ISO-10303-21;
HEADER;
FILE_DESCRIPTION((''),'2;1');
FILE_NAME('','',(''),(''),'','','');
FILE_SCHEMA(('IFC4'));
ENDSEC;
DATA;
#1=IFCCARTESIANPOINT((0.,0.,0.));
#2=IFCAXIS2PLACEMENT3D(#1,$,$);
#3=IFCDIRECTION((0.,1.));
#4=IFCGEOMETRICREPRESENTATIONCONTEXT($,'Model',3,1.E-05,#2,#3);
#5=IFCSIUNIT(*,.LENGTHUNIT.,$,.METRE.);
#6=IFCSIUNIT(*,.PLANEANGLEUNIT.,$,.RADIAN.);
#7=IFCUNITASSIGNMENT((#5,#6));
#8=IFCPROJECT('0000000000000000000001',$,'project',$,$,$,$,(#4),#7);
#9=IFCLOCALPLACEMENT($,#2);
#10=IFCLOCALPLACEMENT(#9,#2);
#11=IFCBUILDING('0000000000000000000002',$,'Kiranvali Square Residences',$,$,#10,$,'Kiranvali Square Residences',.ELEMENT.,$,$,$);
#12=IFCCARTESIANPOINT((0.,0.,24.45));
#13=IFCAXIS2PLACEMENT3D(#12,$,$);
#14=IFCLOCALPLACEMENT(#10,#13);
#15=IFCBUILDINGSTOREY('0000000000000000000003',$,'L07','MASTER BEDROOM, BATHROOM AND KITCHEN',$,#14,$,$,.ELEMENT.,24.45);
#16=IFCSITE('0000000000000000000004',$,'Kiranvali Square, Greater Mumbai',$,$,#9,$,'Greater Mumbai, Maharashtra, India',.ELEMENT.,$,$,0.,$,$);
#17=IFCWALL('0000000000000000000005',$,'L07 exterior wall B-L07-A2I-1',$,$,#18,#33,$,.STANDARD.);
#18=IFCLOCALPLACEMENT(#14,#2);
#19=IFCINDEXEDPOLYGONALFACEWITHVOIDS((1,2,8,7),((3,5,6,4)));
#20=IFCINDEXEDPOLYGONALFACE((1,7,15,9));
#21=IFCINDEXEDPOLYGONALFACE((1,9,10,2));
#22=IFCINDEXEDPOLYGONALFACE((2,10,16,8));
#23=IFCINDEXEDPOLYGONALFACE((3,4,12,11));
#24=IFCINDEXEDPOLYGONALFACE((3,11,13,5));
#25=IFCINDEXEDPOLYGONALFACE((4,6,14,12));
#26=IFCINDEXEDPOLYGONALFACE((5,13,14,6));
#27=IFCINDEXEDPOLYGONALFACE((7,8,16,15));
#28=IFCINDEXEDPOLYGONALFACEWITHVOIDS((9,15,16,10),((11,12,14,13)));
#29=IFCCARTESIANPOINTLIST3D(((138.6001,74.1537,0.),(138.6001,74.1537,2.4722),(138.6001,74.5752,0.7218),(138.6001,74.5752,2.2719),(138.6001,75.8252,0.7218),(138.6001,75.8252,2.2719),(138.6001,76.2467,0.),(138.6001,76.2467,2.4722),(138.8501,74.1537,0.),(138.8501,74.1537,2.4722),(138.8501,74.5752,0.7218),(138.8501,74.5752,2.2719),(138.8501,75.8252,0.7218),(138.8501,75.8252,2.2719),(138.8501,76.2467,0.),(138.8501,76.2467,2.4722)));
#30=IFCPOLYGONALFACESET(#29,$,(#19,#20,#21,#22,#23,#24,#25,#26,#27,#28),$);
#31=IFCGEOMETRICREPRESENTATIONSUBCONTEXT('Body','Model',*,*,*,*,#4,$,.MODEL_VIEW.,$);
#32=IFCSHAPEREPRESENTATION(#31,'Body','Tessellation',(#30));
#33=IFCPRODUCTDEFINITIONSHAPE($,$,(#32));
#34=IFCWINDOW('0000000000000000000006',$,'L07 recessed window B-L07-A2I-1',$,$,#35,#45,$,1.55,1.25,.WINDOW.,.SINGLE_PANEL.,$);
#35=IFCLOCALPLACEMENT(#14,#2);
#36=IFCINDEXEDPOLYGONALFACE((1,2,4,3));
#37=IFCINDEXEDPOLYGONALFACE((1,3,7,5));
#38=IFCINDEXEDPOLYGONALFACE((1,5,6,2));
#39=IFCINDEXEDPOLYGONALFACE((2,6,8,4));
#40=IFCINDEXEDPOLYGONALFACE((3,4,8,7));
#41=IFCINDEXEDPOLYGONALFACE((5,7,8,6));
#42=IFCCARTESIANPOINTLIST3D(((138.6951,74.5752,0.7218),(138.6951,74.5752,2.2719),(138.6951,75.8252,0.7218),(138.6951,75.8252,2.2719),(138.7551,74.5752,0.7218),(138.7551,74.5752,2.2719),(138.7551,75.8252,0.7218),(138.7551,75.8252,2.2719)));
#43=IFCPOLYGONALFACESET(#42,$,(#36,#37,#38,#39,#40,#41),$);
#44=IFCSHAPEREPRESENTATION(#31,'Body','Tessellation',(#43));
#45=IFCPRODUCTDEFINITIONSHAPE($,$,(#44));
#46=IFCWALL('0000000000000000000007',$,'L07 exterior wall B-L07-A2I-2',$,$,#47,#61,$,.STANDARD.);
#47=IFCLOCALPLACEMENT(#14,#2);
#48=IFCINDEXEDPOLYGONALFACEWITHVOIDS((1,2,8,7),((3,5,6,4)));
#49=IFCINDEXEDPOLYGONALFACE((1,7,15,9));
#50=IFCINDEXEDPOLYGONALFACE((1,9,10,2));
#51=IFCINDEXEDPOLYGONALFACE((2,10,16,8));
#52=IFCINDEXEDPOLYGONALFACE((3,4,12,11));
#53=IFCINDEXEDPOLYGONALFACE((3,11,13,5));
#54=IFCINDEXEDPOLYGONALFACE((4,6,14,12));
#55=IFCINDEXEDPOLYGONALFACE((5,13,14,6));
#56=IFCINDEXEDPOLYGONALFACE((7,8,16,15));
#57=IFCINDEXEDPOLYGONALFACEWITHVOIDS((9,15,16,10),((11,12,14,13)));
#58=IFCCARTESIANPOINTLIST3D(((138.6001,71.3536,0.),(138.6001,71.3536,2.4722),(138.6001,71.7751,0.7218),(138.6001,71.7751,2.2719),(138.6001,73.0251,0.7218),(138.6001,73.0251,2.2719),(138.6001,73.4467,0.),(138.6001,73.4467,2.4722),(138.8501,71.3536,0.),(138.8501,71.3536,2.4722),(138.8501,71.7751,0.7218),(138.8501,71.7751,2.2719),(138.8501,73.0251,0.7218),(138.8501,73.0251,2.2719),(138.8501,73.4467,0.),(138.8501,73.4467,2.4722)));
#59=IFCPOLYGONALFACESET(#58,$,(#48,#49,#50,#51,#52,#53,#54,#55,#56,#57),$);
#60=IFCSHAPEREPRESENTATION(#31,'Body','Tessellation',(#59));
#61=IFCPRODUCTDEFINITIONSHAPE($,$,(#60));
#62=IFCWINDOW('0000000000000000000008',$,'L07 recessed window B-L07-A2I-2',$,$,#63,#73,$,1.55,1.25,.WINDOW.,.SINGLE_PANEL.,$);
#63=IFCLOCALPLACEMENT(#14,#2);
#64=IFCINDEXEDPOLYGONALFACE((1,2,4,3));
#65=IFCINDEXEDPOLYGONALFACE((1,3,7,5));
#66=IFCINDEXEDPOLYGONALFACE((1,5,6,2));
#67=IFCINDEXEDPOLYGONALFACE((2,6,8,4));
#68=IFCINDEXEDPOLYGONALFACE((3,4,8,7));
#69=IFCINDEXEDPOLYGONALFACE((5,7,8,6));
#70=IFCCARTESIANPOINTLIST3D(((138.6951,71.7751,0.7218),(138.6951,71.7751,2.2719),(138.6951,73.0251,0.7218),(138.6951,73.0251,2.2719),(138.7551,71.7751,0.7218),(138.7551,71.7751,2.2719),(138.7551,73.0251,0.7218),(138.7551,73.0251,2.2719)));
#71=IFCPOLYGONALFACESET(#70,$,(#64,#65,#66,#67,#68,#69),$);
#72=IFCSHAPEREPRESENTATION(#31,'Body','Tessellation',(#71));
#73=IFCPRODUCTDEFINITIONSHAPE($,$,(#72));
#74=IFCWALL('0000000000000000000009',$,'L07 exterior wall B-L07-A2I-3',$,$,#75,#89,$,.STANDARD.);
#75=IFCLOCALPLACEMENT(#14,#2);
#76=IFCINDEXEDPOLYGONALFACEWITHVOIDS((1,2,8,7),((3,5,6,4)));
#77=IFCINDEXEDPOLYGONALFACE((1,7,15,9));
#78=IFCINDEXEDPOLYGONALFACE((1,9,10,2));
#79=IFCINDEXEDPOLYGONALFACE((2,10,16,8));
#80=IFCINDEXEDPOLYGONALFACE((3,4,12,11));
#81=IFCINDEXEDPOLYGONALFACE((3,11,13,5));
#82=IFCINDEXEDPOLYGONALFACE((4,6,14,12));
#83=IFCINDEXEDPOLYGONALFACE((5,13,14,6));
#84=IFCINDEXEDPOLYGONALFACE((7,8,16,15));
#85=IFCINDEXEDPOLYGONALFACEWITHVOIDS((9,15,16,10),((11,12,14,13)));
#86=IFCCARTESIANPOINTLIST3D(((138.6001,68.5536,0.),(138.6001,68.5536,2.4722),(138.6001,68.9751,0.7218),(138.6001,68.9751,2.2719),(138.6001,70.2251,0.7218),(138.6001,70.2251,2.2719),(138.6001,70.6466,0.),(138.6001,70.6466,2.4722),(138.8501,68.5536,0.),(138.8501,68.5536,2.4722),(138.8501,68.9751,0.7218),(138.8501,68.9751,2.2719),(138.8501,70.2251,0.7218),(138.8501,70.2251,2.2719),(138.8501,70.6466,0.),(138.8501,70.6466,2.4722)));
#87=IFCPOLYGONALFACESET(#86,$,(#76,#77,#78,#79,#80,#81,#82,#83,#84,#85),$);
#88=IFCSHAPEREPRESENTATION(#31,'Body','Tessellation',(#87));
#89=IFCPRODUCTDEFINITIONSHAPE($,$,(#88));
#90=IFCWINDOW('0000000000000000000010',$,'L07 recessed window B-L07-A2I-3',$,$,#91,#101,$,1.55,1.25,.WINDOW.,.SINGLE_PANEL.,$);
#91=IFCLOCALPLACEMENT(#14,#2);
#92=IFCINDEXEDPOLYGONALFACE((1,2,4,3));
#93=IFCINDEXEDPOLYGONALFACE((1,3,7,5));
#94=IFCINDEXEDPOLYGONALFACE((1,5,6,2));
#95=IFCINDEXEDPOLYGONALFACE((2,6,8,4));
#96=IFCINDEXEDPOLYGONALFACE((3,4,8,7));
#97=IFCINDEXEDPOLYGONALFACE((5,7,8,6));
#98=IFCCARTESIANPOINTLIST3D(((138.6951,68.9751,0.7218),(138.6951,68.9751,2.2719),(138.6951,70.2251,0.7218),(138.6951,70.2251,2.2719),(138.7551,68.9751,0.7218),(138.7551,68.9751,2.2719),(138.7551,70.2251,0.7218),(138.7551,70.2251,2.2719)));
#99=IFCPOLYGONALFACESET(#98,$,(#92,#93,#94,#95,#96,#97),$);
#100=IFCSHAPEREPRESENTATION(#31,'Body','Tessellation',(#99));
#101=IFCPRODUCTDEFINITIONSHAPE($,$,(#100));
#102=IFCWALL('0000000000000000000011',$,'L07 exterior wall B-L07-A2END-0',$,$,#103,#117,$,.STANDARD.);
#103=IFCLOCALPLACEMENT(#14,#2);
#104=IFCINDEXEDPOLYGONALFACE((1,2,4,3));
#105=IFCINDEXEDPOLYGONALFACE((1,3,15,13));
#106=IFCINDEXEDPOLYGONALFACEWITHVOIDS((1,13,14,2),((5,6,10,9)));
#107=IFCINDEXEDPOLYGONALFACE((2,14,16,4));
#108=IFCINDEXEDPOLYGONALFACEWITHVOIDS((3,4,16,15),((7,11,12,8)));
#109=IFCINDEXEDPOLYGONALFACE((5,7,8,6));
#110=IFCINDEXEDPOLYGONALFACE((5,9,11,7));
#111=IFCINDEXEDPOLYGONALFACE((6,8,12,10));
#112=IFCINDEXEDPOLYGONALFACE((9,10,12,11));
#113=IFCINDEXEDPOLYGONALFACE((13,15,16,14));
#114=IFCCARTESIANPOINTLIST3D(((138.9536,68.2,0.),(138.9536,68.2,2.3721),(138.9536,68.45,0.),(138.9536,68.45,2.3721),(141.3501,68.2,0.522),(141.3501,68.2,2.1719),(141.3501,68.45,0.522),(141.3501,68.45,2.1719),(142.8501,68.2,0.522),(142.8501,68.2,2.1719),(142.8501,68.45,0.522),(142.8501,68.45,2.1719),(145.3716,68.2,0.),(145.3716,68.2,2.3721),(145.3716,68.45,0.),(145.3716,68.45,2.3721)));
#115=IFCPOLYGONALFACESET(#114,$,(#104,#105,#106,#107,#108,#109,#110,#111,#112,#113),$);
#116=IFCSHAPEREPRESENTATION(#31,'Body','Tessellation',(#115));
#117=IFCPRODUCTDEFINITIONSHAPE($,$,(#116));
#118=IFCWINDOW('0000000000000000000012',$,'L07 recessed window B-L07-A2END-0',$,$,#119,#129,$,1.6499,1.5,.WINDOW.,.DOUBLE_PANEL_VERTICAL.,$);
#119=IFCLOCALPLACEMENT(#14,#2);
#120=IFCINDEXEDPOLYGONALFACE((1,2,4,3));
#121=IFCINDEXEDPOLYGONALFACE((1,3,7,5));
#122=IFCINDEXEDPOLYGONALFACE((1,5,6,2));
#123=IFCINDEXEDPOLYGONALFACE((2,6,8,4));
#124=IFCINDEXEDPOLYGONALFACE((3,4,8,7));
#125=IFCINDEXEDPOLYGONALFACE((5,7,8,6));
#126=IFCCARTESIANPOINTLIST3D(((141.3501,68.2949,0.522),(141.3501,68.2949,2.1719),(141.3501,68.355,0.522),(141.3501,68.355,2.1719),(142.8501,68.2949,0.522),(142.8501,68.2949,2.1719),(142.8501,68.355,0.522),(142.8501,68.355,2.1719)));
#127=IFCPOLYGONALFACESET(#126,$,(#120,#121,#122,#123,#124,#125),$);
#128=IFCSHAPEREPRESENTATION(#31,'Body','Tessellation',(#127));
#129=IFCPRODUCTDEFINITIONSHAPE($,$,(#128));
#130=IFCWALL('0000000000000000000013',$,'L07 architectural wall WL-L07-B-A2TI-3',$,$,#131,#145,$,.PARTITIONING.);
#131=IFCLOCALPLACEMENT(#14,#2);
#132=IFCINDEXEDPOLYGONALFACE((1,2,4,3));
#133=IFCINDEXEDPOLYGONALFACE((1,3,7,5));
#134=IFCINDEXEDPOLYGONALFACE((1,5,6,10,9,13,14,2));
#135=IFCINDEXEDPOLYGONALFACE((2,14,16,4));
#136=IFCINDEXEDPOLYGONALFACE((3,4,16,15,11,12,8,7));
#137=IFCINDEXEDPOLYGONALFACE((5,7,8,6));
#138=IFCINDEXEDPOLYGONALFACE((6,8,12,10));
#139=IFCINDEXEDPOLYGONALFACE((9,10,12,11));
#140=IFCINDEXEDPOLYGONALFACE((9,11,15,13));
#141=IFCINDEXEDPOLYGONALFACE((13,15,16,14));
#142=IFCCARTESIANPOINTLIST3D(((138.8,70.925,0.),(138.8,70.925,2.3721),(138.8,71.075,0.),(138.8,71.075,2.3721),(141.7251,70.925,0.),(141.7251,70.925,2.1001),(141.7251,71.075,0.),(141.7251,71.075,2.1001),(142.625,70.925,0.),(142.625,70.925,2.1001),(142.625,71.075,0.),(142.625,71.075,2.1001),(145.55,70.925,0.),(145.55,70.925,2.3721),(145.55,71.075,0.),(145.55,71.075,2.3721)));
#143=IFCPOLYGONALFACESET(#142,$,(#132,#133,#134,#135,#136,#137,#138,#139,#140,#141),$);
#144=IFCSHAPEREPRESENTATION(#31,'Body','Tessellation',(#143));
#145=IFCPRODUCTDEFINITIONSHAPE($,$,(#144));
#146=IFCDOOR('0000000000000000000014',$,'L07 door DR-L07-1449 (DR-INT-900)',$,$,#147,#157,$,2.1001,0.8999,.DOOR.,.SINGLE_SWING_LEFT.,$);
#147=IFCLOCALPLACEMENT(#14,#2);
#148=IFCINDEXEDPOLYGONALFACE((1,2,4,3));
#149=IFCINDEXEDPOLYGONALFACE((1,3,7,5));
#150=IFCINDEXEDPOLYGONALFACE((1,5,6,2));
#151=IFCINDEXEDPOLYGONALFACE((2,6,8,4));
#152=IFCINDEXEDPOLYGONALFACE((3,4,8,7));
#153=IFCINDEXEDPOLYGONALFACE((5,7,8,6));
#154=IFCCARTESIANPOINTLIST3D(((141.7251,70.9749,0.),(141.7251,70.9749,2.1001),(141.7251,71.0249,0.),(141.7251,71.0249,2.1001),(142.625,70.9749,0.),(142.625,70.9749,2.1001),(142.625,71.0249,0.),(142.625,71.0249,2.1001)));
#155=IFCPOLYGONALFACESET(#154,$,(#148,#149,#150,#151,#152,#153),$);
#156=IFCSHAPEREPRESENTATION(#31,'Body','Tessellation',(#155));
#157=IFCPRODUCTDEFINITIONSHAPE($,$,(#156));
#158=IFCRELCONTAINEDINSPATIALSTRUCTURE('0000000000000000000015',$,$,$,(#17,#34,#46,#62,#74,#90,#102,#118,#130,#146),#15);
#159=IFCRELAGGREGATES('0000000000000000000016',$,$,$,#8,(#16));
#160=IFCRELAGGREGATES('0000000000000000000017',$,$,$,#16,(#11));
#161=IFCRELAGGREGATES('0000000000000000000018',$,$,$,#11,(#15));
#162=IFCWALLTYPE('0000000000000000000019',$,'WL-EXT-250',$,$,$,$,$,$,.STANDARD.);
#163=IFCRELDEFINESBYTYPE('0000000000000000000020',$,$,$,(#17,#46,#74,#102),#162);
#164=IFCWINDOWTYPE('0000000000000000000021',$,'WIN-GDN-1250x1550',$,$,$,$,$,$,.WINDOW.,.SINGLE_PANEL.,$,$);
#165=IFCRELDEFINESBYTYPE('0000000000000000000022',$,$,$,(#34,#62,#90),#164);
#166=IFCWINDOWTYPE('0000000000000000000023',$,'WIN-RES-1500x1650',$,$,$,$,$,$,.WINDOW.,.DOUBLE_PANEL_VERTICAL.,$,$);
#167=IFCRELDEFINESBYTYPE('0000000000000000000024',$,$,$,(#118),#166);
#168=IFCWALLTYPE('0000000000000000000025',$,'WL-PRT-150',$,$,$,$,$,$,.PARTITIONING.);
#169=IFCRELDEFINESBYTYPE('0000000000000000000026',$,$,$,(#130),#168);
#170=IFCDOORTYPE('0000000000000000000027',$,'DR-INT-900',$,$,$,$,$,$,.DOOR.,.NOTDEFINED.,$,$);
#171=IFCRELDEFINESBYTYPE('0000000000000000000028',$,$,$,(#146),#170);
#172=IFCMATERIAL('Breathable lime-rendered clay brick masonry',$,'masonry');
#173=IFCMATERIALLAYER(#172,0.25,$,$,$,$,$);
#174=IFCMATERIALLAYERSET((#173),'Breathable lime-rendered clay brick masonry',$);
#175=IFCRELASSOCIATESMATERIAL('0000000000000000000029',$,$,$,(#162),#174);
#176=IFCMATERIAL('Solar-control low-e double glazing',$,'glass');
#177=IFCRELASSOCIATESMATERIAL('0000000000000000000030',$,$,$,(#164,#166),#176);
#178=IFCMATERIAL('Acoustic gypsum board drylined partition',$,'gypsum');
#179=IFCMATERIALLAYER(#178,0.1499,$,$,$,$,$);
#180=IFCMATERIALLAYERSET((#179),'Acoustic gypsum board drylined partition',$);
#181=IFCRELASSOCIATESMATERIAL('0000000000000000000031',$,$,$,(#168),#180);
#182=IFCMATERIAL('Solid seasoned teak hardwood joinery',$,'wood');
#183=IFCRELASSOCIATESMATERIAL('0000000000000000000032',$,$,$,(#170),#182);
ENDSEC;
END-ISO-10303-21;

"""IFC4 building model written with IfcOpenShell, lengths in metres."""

from ifc_helpers import new_model, si_unit, direction, frame, frame_2d, origin, place, context, subcontext, project, spatial, rectangle, extrude, material, layer, layer_set, type_object, element, fill, save


model = new_model("IFC4")

# Units and contexts
model_context = context("Model", 3, precision=1e-05, world=origin(), true_north=direction((0.0, 1.0)))
body_context = subcontext(model_context, "Body", "Model", "MODEL_VIEW")
ifc_project = project(units=[si_unit("LENGTHUNIT", "METRE"), si_unit("PLANEANGLEUNIT", "RADIAN")], contexts=[model_context])

# Site, building, storey
site_placement = place(None, origin())
site = spatial("IfcSite", under=ifc_project, at=site_placement, Name="Kiranvali Square, Greater Mumbai", LongName="Greater Mumbai, Maharashtra, India", CompositionType="ELEMENT", RefElevation=0.0)
building_placement = place(site_placement, origin())
building = spatial("IfcBuilding", under=site, at=building_placement, Name="Kiranvali Square Residences", LongName="Kiranvali Square Residences", CompositionType="ELEMENT")
storey_placement = place(building_placement, frame((0.0, 0.0, 24.45)))
storey = spatial("IfcBuildingStorey", under=building, at=storey_placement, Name="L07", Description="MASTER BEDROOM, BATHROOM AND KITCHEN", CompositionType="ELEMENT", Elevation=24.45)

# Walls, openings, windows
ifc_material_1 = material(Name="Breathable lime-rendered clay brick masonry", Category="masonry")
ifc_layer_1 = layer(ifc_material_1, 0.25)
ifc_layer_set_1 = layer_set([ifc_layer_1], Name="Breathable lime-rendered clay brick masonry")
wall_type_1 = type_object("IfcWallType", Name="WL-EXT-250", PredefinedType="STANDARD", material=ifc_layer_set_1)
wall_1_placement = place(storey_placement, frame((138.7251, 76.2466, 0.0), z_axis=(0.0, 0.0, 1.0), x_axis=(0.0, -1.0, 0.0)))
wall_1 = element("IfcWall", 1, at=wall_1_placement, inside=storey, type_object=wall_type_1, Name="L07 exterior wall B-L07-A2I-1", PredefinedType="STANDARD", context=body_context, shape_type="SweptSolid", body=[
    extrude(rectangle(XDim=2.093, YDim=0.25, at=frame_2d((1.0464, 0.0))), origin(), (0.0, 0.0, 1.0), 2.4722),
])
opening_1_placement = place(wall_1_placement, frame((0.4214, 0.0, 0.7219)))
opening_1 = element("IfcOpeningElement", 2, at=opening_1_placement, cuts=wall_1, PredefinedType="OPENING", context=body_context, shape_type="SweptSolid", body=[
    extrude(rectangle(XDim=1.25, YDim=1.55, at=frame_2d((0.625, 0.7749))), frame((0.0, 0.135, 0.0), z_axis=(0.0, -1.0, 0.0), x_axis=(1.0, 0.0, 0.0)), (0.0, 0.0, 1.0), 0.27),
])
ifc_material_2 = material(Name="Solar-control low-e double glazing", Category="glass")
window_type_1 = type_object("IfcWindowType", Name="WIN-GDN-1250x1550", PartitioningType="SINGLE_PANEL", PredefinedType="WINDOW", material=ifc_material_2)
window_1_placement = place(opening_1_placement, origin())
window_1 = element("IfcWindow", 3, at=window_1_placement, inside=storey, type_object=window_type_1, Name="L07 recessed window B-L07-A2I-1", OverallHeight=1.55, OverallWidth=1.25, PartitioningType="SINGLE_PANEL", PredefinedType="WINDOW", context=body_context, shape_type="SweptSolid", body=[
    extrude(rectangle(XDim=1.25, YDim=1.55, at=frame_2d((0.625, 0.7749))), frame((0.0, 0.03, 0.0), z_axis=(0.0, -1.0, 0.0), x_axis=(1.0, 0.0, 0.0)), (0.0, 0.0, 1.0), 0.0601),
])
fill(opening_1, window_1)
wall_2_placement = place(storey_placement, frame((138.7251, 73.4465, 0.0), z_axis=(0.0, 0.0, 1.0), x_axis=(0.0, -1.0, 0.0)))
wall_2 = element("IfcWall", 4, at=wall_2_placement, inside=storey, type_object=wall_type_1, Name="L07 exterior wall B-L07-A2I-2", PredefinedType="STANDARD", context=body_context, shape_type="SweptSolid", body=[
    extrude(rectangle(XDim=2.093, YDim=0.25, at=frame_2d((1.0464, 0.0))), origin(), (0.0, 0.0, 1.0), 2.4722),
])
opening_2_placement = place(wall_2_placement, frame((0.4214, 0.0, 0.7219)))
opening_2 = element("IfcOpeningElement", 5, at=opening_2_placement, cuts=wall_2, PredefinedType="OPENING", context=body_context, shape_type="SweptSolid", body=[
    extrude(rectangle(XDim=1.25, YDim=1.55, at=frame_2d((0.625, 0.7749))), frame((0.0, 0.135, 0.0), z_axis=(0.0, -1.0, 0.0), x_axis=(1.0, 0.0, 0.0)), (0.0, 0.0, 1.0), 0.27),
])
window_2_placement = place(opening_2_placement, origin())
window_2 = element("IfcWindow", 6, at=window_2_placement, inside=storey, type_object=window_type_1, Name="L07 recessed window B-L07-A2I-2", OverallHeight=1.55, OverallWidth=1.25, PartitioningType="SINGLE_PANEL", PredefinedType="WINDOW", context=body_context, shape_type="SweptSolid", body=[
    extrude(rectangle(XDim=1.25, YDim=1.55, at=frame_2d((0.625, 0.7749))), frame((0.0, 0.03, 0.0), z_axis=(0.0, -1.0, 0.0), x_axis=(1.0, 0.0, 0.0)), (0.0, 0.0, 1.0), 0.0601),
])
fill(opening_2, window_2)
wall_3_placement = place(storey_placement, frame((138.7251, 70.6465, 0.0), z_axis=(0.0, 0.0, 1.0), x_axis=(0.0, -1.0, 0.0)))
wall_3 = element("IfcWall", 7, at=wall_3_placement, inside=storey, type_object=wall_type_1, Name="L07 exterior wall B-L07-A2I-3", PredefinedType="STANDARD", context=body_context, shape_type="SweptSolid", body=[
    extrude(rectangle(XDim=2.093, YDim=0.25, at=frame_2d((1.0464, 0.0))), origin(), (0.0, 0.0, 1.0), 2.4722),
])
opening_3_placement = place(wall_3_placement, frame((0.4214, 0.0, 0.7219)))
opening_3 = element("IfcOpeningElement", 8, at=opening_3_placement, cuts=wall_3, PredefinedType="OPENING", context=body_context, shape_type="SweptSolid", body=[
    extrude(rectangle(XDim=1.25, YDim=1.55, at=frame_2d((0.625, 0.7749))), frame((0.0, 0.135, 0.0), z_axis=(0.0, -1.0, 0.0), x_axis=(1.0, 0.0, 0.0)), (0.0, 0.0, 1.0), 0.27),
])
window_3_placement = place(opening_3_placement, origin())
window_3 = element("IfcWindow", 9, at=window_3_placement, inside=storey, type_object=window_type_1, Name="L07 recessed window B-L07-A2I-3", OverallHeight=1.55, OverallWidth=1.25, PartitioningType="SINGLE_PANEL", PredefinedType="WINDOW", context=body_context, shape_type="SweptSolid", body=[
    extrude(rectangle(XDim=1.25, YDim=1.55, at=frame_2d((0.625, 0.7749))), frame((0.0, 0.03, 0.0), z_axis=(0.0, -1.0, 0.0), x_axis=(1.0, 0.0, 0.0)), (0.0, 0.0, 1.0), 0.0601),
])
fill(opening_3, window_3)
wall_4_placement = place(storey_placement, frame((138.9536, 68.325, 0.0), z_axis=(0.0, 0.0, 1.0), x_axis=(1.0, 0.0, 0.0)))
wall_4 = element("IfcWall", 10, at=wall_4_placement, inside=storey, type_object=wall_type_1, Name="L07 exterior wall B-L07-A2END-0", PredefinedType="STANDARD", context=body_context, shape_type="SweptSolid", body=[
    extrude(rectangle(XDim=6.418, YDim=0.25, at=frame_2d((3.209, 0.0))), origin(), (0.0, 0.0, 1.0), 2.3721),
])
opening_4_placement = place(wall_4_placement, frame((2.3965, 0.0, 0.522)))
opening_4 = element("IfcOpeningElement", 11, at=opening_4_placement, cuts=wall_4, PredefinedType="OPENING", context=body_context, shape_type="SweptSolid", body=[
    extrude(rectangle(XDim=1.5, YDim=1.6499, at=frame_2d((0.75, 0.825))), frame((0.0, 0.135, 0.0), z_axis=(0.0, -1.0, 0.0), x_axis=(1.0, 0.0, 0.0)), (0.0, 0.0, 1.0), 0.27),
])
window_type_2 = type_object("IfcWindowType", Name="WIN-RES-1500x1650", PartitioningType="DOUBLE_PANEL_VERTICAL", PredefinedType="WINDOW", material=ifc_material_2)
window_4_placement = place(opening_4_placement, origin())
window_4 = element("IfcWindow", 12, at=window_4_placement, inside=storey, type_object=window_type_2, Name="L07 recessed window B-L07-A2END-0", OverallHeight=1.6499, OverallWidth=1.5, PartitioningType="DOUBLE_PANEL_VERTICAL", PredefinedType="WINDOW", context=body_context, shape_type="SweptSolid", body=[
    extrude(rectangle(XDim=1.5, YDim=1.6499, at=frame_2d((0.75, 0.825))), frame((0.0, 0.03, 0.0), z_axis=(0.0, -1.0, 0.0), x_axis=(1.0, 0.0, 0.0)), (0.0, 0.0, 1.0), 0.0601),
])
fill(opening_4, window_4)

# Wall, opening, door
ifc_material_3 = material(Name="Acoustic gypsum board drylined partition", Category="gypsum")
ifc_layer_2 = layer(ifc_material_3, 0.1499)
ifc_layer_set_2 = layer_set([ifc_layer_2], Name="Acoustic gypsum board drylined partition")
wall_type_2 = type_object("IfcWallType", Name="WL-PRT-150", PredefinedType="PARTITIONING", material=ifc_layer_set_2)
wall_5_placement = place(storey_placement, frame((138.8, 71.0, 0.0), z_axis=(0.0, 0.0, 1.0), x_axis=(1.0, 0.0, 0.0)))
wall_5 = element("IfcWall", 13, at=wall_5_placement, inside=storey, type_object=wall_type_2, Name="L07 architectural wall WL-L07-B-A2TI-3", PredefinedType="PARTITIONING", context=body_context, shape_type="SweptSolid", body=[
    extrude(rectangle(XDim=6.75, YDim=0.1499, at=frame_2d((3.375, 0.0))), origin(), (0.0, 0.0, 1.0), 2.3721),
])
opening_5_placement = place(wall_5_placement, frame((2.925, 0.0, 0.0)))
opening_5 = element("IfcOpeningElement", 14, at=opening_5_placement, cuts=wall_5, PredefinedType="OPENING", context=body_context, shape_type="SweptSolid", body=[
    extrude(rectangle(XDim=0.8999, YDim=2.1001, at=frame_2d((0.45, 1.05))), frame((0.0, 0.085, 0.0), z_axis=(0.0, -1.0, 0.0), x_axis=(1.0, 0.0, 0.0)), (0.0, 0.0, 1.0), 0.1699),
])
ifc_material_4 = material(Name="Solid seasoned teak hardwood joinery", Category="wood")
door_type = type_object("IfcDoorType", Name="DR-INT-900", OperationType="NOTDEFINED", PredefinedType="DOOR", material=ifc_material_4)
door_placement = place(opening_5_placement, origin())
door = element("IfcDoor", 15, at=door_placement, inside=storey, type_object=door_type, Name="L07 door DR-L07-1449 (DR-INT-900)", OperationType="SINGLE_SWING_LEFT", OverallHeight=2.1001, OverallWidth=0.8999, PredefinedType="DOOR", context=body_context, shape_type="SweptSolid", body=[
    extrude(rectangle(XDim=0.8999, YDim=2.1001, at=frame_2d((0.45, 1.05))), frame((0.0, 0.0249, 0.0), z_axis=(0.0, -1.0, 0.0), x_axis=(1.0, 0.0, 0.0)), (0.0, 0.0, 1.0), 0.05),
])
fill(opening_5, door)

save(model, "model.ifc")
